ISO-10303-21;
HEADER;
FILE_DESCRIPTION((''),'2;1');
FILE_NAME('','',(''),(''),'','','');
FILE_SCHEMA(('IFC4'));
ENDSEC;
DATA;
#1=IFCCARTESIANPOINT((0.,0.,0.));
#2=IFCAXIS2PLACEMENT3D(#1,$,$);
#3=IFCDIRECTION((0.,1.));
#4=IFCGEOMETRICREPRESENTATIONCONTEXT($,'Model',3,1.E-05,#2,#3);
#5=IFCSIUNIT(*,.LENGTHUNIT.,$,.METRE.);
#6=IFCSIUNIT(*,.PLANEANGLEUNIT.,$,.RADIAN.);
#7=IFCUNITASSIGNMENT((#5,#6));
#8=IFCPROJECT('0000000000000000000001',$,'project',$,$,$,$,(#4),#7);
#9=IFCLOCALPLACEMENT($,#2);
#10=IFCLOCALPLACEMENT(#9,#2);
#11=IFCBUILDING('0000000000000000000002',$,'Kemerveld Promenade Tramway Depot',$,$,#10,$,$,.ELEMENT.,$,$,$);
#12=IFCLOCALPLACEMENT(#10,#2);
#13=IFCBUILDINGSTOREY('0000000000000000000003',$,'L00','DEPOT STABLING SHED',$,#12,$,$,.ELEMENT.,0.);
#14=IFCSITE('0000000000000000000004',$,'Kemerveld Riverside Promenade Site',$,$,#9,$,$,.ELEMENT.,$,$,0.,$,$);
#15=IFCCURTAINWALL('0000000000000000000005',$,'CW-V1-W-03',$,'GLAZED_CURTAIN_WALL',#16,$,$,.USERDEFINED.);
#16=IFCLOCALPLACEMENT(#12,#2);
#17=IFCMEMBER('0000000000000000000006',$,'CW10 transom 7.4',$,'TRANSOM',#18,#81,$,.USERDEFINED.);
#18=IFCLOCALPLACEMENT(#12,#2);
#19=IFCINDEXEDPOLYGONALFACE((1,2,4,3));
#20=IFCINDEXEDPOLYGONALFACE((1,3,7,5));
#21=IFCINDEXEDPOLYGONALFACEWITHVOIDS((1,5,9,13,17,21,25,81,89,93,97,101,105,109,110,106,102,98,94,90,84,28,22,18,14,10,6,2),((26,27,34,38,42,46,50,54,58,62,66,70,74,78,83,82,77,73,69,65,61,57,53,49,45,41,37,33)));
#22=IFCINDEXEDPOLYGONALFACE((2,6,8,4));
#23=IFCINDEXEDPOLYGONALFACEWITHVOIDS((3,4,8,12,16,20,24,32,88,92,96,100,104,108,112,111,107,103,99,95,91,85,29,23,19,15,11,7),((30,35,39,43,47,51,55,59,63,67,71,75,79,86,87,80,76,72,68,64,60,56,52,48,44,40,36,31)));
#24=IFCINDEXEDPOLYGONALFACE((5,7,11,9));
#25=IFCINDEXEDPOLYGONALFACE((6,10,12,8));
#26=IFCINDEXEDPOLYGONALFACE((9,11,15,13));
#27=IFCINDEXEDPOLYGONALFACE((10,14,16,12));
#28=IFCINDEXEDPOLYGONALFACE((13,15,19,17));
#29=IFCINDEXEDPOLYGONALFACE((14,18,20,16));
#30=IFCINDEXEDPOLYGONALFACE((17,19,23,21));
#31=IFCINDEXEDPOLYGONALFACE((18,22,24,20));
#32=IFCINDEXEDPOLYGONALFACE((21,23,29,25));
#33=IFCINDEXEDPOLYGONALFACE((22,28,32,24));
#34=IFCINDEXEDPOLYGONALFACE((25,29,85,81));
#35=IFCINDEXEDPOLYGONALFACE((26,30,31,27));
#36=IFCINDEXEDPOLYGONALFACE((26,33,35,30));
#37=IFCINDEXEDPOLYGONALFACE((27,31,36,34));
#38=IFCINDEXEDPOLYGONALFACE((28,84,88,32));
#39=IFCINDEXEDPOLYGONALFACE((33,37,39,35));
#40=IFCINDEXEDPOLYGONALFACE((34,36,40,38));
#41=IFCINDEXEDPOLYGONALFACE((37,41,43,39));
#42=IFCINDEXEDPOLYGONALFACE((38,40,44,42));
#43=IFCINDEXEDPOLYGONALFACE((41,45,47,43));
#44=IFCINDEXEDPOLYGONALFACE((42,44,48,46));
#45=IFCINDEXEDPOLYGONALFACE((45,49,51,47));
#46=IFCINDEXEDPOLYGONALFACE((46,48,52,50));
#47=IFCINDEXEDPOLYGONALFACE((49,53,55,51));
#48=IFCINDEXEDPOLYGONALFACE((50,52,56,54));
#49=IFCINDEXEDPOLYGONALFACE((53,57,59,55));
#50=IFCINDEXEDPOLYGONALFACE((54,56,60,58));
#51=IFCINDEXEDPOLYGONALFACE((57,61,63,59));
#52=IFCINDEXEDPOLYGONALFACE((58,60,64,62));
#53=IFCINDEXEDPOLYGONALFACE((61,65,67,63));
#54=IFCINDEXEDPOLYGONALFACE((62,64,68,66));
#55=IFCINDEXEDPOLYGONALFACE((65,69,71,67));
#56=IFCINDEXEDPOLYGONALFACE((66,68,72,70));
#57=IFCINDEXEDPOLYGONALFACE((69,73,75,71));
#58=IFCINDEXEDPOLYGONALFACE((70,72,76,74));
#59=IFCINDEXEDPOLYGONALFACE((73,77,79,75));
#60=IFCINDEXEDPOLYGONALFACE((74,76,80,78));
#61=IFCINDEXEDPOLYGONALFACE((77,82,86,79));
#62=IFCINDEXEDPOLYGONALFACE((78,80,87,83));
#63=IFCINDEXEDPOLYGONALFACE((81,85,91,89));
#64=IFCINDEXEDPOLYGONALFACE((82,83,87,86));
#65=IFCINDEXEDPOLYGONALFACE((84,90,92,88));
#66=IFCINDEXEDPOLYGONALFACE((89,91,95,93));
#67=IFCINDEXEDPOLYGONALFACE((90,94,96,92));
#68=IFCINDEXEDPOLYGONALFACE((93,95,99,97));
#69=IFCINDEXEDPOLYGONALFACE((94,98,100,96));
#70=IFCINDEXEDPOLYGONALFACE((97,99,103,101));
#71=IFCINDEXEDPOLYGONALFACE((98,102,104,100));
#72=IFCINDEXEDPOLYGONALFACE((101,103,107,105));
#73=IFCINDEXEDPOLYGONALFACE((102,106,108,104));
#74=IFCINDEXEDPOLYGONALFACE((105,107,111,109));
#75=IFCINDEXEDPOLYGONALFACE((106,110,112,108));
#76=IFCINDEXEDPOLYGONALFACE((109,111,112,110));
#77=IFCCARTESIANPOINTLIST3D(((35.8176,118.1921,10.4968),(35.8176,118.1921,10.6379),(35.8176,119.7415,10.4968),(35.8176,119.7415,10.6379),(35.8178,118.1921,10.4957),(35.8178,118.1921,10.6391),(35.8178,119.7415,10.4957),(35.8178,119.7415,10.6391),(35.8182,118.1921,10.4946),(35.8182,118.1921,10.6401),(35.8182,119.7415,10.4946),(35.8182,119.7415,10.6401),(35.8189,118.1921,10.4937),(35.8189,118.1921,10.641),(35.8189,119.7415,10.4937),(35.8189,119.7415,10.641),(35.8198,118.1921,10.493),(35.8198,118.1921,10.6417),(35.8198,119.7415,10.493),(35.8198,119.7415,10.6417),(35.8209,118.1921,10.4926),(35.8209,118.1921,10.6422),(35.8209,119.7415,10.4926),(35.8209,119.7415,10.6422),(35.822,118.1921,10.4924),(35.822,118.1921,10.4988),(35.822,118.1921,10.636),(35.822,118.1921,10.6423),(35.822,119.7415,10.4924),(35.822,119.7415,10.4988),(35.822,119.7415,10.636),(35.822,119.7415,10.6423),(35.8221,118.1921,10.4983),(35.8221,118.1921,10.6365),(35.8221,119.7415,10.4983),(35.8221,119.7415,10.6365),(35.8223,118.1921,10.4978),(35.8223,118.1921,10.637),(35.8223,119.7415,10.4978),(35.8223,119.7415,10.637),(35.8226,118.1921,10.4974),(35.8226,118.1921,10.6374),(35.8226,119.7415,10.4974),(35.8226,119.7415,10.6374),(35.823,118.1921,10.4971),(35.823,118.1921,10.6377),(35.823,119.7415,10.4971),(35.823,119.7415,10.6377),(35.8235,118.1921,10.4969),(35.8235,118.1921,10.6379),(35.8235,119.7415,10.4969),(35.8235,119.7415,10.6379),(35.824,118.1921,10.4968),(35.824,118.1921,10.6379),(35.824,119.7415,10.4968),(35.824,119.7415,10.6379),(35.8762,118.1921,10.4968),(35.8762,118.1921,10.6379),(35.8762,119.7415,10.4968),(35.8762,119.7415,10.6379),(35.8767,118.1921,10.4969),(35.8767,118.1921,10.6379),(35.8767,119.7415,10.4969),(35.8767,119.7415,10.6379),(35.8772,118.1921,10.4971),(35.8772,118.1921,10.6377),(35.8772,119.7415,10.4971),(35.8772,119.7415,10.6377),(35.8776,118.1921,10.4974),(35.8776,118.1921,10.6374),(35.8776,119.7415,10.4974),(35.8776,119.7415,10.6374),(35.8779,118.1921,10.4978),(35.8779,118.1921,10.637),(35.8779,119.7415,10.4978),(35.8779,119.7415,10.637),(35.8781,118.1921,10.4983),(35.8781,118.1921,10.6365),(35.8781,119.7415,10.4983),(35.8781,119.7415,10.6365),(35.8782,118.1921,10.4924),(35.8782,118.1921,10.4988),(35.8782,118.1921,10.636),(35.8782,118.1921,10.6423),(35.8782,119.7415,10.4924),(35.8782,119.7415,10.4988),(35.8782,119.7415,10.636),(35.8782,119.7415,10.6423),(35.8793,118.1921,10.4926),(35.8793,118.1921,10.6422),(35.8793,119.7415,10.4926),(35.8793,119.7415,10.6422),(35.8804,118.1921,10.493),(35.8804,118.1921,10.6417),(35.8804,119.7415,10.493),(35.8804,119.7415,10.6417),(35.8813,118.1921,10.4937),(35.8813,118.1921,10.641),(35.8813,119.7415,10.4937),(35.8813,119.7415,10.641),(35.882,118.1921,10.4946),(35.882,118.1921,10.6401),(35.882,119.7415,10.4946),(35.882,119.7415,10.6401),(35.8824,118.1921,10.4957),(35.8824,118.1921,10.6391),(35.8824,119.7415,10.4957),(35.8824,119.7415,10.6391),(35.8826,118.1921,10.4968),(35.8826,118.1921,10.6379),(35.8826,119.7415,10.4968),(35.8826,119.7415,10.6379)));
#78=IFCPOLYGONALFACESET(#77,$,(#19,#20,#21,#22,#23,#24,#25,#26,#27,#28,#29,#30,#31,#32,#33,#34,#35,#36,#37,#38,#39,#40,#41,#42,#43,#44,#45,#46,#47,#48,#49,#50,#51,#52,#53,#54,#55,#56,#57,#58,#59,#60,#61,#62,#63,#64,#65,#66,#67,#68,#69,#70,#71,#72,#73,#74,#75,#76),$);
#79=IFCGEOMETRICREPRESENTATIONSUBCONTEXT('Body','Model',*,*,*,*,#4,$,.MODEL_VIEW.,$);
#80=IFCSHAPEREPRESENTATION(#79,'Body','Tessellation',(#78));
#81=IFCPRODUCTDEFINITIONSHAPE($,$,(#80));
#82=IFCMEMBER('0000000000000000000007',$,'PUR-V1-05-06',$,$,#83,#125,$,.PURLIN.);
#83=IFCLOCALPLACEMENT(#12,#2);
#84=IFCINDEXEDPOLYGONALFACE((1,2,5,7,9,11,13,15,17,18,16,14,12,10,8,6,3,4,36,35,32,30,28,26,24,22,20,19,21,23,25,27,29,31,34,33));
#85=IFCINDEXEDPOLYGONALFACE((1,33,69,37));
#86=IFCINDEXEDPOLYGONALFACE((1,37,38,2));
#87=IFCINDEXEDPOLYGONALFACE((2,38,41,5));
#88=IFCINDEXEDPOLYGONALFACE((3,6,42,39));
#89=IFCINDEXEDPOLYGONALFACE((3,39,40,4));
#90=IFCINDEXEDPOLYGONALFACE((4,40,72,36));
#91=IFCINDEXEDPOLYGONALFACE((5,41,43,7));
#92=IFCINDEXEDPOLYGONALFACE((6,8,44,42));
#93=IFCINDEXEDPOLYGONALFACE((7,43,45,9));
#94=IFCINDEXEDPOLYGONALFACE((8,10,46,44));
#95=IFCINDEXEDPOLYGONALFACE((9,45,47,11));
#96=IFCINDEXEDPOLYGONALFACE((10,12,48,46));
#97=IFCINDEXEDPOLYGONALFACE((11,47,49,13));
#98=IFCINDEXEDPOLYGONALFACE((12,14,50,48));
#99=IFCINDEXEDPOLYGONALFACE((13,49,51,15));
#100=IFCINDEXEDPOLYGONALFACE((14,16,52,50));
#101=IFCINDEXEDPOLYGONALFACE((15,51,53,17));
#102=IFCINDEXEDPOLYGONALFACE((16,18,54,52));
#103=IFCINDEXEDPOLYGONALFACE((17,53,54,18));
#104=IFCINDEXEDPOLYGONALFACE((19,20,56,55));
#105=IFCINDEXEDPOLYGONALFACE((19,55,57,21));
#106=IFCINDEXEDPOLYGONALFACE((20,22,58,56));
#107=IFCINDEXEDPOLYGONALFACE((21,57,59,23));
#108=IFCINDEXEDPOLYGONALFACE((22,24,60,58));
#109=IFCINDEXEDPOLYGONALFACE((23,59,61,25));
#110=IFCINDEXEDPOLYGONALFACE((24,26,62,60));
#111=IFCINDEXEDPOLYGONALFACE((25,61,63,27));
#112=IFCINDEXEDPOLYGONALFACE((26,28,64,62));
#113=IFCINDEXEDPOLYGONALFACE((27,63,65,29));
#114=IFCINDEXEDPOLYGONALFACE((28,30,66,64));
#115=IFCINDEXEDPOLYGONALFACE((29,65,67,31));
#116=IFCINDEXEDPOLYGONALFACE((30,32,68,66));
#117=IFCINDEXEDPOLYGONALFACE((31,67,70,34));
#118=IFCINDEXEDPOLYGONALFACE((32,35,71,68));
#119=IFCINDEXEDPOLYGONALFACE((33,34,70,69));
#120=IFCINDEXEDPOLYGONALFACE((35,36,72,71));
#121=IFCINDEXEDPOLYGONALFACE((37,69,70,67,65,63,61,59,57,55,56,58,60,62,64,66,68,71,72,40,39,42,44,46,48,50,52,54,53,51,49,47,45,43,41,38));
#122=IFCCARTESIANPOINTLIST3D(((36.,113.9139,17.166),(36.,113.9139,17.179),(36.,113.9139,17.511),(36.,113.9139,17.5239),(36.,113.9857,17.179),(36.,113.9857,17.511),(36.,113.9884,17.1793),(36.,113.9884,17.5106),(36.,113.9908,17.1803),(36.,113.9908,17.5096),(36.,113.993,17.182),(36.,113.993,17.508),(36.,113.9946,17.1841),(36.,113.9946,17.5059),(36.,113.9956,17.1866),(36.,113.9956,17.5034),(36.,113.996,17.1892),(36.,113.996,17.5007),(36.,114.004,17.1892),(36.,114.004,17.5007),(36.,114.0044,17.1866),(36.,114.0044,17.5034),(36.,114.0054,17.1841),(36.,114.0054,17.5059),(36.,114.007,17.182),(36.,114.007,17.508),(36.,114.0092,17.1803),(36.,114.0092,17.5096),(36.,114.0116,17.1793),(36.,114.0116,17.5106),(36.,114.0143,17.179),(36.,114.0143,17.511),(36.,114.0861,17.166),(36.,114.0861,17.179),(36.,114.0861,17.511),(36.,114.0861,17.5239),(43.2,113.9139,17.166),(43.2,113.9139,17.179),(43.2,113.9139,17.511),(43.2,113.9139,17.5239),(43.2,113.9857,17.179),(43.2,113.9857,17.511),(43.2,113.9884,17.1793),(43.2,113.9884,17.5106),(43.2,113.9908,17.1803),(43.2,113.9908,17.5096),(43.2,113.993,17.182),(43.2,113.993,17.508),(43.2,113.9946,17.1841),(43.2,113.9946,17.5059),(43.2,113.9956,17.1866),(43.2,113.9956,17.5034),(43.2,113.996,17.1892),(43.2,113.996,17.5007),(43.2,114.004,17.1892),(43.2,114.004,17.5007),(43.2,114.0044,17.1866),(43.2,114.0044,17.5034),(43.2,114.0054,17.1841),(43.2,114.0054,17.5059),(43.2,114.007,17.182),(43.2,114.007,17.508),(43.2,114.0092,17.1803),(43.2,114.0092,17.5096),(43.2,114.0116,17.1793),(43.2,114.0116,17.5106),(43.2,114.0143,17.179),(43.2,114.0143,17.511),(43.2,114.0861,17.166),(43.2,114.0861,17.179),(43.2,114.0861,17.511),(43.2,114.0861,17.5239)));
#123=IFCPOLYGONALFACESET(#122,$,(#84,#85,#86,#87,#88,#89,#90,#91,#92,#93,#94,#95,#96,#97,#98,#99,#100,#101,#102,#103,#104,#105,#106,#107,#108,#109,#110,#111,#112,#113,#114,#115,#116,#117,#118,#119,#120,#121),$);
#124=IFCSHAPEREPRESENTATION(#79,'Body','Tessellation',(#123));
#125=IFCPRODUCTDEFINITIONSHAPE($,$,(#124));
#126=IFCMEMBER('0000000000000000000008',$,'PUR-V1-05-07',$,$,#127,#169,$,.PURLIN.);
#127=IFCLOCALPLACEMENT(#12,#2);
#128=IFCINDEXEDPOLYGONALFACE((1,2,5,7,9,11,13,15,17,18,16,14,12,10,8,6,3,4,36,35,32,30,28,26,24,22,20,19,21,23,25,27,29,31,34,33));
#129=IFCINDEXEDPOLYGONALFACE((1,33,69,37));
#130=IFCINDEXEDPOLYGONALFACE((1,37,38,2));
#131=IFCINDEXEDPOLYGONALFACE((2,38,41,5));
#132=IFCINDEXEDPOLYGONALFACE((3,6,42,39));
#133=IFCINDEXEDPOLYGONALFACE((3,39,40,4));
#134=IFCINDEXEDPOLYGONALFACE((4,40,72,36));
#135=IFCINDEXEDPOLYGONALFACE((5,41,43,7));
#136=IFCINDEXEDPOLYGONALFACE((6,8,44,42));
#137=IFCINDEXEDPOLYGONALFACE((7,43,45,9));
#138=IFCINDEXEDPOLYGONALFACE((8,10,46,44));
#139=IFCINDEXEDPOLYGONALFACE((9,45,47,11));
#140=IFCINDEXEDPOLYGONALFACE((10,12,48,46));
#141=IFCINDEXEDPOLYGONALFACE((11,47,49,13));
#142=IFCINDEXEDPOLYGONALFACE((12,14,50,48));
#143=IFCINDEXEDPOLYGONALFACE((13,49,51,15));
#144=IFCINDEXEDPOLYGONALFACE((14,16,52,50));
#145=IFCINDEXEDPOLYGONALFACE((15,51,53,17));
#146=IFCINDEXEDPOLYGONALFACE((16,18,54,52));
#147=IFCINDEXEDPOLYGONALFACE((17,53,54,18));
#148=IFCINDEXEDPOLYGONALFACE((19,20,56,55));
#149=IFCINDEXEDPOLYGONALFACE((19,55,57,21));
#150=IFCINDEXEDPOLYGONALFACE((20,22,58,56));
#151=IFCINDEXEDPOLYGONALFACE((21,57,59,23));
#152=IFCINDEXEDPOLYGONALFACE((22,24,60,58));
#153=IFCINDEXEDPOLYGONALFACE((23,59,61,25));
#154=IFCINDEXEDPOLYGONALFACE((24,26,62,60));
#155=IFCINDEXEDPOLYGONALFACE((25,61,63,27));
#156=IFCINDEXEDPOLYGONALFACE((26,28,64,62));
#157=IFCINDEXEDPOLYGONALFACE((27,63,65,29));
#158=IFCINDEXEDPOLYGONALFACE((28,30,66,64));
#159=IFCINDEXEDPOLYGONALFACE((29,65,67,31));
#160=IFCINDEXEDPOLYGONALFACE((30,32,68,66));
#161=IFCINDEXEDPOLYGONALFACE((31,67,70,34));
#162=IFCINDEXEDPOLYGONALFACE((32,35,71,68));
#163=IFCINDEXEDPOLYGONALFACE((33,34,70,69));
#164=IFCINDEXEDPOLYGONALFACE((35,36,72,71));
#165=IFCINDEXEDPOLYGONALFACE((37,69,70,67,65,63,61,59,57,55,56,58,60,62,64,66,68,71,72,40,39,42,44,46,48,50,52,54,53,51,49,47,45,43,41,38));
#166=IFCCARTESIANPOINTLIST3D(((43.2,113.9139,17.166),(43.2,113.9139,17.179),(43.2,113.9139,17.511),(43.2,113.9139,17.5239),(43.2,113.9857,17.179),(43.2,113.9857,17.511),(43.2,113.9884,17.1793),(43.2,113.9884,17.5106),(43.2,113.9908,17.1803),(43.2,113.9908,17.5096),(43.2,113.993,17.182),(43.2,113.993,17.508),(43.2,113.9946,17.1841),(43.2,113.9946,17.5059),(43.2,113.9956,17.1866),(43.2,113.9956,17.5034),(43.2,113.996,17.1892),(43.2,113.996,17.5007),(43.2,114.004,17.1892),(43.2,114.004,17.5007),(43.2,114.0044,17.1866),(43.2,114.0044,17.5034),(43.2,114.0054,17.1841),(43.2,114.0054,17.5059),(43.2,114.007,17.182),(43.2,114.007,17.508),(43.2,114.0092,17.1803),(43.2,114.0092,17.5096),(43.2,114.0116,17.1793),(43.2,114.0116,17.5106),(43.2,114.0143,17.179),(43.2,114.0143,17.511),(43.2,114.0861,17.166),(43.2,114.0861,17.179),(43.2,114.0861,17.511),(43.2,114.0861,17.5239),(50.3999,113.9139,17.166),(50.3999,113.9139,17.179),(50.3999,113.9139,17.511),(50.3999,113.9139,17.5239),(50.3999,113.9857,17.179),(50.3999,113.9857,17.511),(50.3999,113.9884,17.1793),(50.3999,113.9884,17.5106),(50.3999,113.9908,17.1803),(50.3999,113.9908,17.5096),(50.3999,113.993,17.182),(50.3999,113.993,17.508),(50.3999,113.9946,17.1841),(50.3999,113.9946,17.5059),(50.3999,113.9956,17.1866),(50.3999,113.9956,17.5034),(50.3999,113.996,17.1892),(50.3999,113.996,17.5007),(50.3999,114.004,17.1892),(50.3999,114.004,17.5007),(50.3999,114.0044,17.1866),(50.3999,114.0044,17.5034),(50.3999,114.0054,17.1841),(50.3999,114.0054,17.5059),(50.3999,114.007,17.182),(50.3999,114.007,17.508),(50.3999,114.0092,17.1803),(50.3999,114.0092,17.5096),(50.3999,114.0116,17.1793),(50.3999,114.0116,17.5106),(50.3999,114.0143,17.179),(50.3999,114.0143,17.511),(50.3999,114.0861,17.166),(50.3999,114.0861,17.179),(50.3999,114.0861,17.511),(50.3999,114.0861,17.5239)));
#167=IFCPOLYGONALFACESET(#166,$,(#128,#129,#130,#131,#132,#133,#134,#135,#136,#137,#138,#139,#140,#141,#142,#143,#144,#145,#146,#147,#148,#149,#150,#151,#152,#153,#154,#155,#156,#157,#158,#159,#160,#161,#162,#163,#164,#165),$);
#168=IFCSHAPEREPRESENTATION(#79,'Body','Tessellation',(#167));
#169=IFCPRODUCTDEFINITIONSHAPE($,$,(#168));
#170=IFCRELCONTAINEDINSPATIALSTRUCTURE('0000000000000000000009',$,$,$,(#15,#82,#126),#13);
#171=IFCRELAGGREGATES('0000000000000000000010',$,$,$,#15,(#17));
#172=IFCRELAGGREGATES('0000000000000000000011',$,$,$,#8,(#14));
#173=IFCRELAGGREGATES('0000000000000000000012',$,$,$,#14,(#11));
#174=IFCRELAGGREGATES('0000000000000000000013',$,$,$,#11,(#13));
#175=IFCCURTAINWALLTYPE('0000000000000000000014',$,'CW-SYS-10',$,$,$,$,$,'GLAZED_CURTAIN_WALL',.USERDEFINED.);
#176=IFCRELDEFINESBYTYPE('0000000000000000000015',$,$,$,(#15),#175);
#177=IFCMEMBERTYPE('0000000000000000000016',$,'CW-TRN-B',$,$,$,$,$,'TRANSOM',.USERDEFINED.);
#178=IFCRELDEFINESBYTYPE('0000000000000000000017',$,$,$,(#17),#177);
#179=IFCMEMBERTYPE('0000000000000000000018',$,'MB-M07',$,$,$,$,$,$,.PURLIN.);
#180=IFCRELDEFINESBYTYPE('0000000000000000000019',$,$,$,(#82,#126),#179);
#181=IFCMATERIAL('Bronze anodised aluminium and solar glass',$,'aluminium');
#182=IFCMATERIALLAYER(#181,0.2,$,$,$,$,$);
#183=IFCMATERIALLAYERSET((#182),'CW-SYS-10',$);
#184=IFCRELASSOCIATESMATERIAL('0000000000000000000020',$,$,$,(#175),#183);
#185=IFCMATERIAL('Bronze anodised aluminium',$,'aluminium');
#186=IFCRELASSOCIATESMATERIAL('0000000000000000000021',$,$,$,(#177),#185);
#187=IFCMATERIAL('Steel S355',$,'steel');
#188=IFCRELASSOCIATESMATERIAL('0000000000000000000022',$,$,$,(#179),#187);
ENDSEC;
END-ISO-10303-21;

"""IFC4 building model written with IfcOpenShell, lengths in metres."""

from ifc_helpers import new_model, si_unit, direction, frame, origin, origin_2d, place, context, subcontext, project, spatial, hollow_rectangle, i_section, extrude, material, layer, layer_set, material_profile, profile_set, type_object, element, aggregate, save


model = new_model("IFC4")

# Units and contexts
model_context = context("Model", 3, precision=1e-05, world=origin(), true_north=direction((0.0, 1.0)))
body_context = subcontext(model_context, "Body", "Model", "MODEL_VIEW")
ifc_project = project(units=[si_unit("LENGTHUNIT", "METRE"), si_unit("PLANEANGLEUNIT", "RADIAN")], contexts=[model_context])

# Site, building, storey
site_placement = place(None, origin())
site = spatial("IfcSite", under=ifc_project, at=site_placement, Name="Kemerveld Riverside Promenade Site", CompositionType="ELEMENT", RefElevation=0.0)
building_placement = place(site_placement, origin())
building = spatial("IfcBuilding", under=site, at=building_placement, Name="Kemerveld Promenade Tramway Depot", CompositionType="ELEMENT")
storey_placement = place(building_placement, origin())
storey = spatial("IfcBuildingStorey", under=building, at=storey_placement, Name="L00", Description="DEPOT STABLING SHED", CompositionType="ELEMENT", Elevation=0.0)

# Shared definitions
ifc_material_1 = material(Name="Steel S355", Category="steel")

# Curtain wall, member
ifc_material_2 = material(Name="Bronze anodised aluminium and solar glass", Category="aluminium")
ifc_layer_1 = layer(ifc_material_2, 0.2)
ifc_layer_set_1 = layer_set([ifc_layer_1], Name="CW-SYS-10")
curtain_wall_type = type_object("IfcCurtainWallType", Name="CW-SYS-10", ElementType="GLAZED_CURTAIN_WALL", PredefinedType="USERDEFINED", material=ifc_layer_set_1)
curtain_wall_placement = place(storey_placement, origin())
curtain_wall = element("IfcCurtainWall", 1, at=curtain_wall_placement, inside=storey, type_object=curtain_wall_type, Name="CW-V1-W-03", ObjectType="GLAZED_CURTAIN_WALL", PredefinedType="USERDEFINED")
ifc_material_3 = material(Name="Bronze anodised aluminium", Category="aluminium")
ifc_material_profile_1 = material_profile(ifc_material_3, hollow_rectangle(XDim=0.0649, YDim=0.1499, WallThickness=0.0044, InnerFilletRadius=0.002, OuterFilletRadius=0.0044, at=origin_2d()), Name="CW-TRN-150x65")
ifc_profile_set_1 = profile_set([ifc_material_profile_1], Name="Bronze anodised aluminium")
member_type_1 = type_object("IfcMemberType", Name="CW-TRN-B", ElementType="TRANSOM", PredefinedType="USERDEFINED", material=ifc_profile_set_1)
member_1_placement = place(storey_placement, frame((35.8501, 118.1921, 10.5674), z_axis=(0.0, 1.0, 0.0), x_axis=(-1.0, 0.0, 0.0)))
member_1 = element("IfcMember", 2, at=member_1_placement, type_object=member_type_1, Name="CW10 transom 7.4", ObjectType="TRANSOM", PredefinedType="USERDEFINED", context=body_context, shape_type="SweptSolid", body=[
    extrude(hollow_rectangle(XDim=0.0649, YDim=0.1499, WallThickness=0.0044, InnerFilletRadius=0.002, OuterFilletRadius=0.0044, at=origin_2d()), origin(), (0.0, 0.0, 1.0), 1.5493),
])

# Members
ifc_material_profile_2 = material_profile(ifc_material_1, i_section(OverallWidth=0.1721, OverallDepth=0.3579, WebThickness=0.0081, FlangeThickness=0.0129, FilletRadius=0.0103, at=origin_2d()), Name="356x171x57 UB")
ifc_profile_set_2 = profile_set([ifc_material_profile_2], Name="Steel S355")
member_type_2 = type_object("IfcMemberType", Name="MB-M07", PredefinedType="PURLIN", material=ifc_profile_set_2)
for number, where, z_axis, x_axis, name in (
    (3, (36.0, 114.0, 17.345), (1.0, 0.0, 0.0), (0.0, 1.0, 0.0), "PUR-V1-05-06"),
    (4, (43.2, 114.0, 17.345), (1.0, 0.0, 0.0), (0.0, 1.0, 0.0), "PUR-V1-05-07"),
):
    element("IfcMember", number, at=place(storey_placement, frame(where, z_axis=z_axis, x_axis=x_axis)), inside=storey, type_object=member_type_2, Name=name, PredefinedType="PURLIN", context=body_context, shape_type="SweptSolid", body=[
        extrude(i_section(OverallWidth=0.1721, OverallDepth=0.3579, WebThickness=0.0081, FlangeThickness=0.0129, FilletRadius=0.0103, at=origin_2d()), origin(), (0.0, 0.0, 1.0), 7.2),
    ])

aggregate(curtain_wall, [member_1])

save(model, "model.ifc")
